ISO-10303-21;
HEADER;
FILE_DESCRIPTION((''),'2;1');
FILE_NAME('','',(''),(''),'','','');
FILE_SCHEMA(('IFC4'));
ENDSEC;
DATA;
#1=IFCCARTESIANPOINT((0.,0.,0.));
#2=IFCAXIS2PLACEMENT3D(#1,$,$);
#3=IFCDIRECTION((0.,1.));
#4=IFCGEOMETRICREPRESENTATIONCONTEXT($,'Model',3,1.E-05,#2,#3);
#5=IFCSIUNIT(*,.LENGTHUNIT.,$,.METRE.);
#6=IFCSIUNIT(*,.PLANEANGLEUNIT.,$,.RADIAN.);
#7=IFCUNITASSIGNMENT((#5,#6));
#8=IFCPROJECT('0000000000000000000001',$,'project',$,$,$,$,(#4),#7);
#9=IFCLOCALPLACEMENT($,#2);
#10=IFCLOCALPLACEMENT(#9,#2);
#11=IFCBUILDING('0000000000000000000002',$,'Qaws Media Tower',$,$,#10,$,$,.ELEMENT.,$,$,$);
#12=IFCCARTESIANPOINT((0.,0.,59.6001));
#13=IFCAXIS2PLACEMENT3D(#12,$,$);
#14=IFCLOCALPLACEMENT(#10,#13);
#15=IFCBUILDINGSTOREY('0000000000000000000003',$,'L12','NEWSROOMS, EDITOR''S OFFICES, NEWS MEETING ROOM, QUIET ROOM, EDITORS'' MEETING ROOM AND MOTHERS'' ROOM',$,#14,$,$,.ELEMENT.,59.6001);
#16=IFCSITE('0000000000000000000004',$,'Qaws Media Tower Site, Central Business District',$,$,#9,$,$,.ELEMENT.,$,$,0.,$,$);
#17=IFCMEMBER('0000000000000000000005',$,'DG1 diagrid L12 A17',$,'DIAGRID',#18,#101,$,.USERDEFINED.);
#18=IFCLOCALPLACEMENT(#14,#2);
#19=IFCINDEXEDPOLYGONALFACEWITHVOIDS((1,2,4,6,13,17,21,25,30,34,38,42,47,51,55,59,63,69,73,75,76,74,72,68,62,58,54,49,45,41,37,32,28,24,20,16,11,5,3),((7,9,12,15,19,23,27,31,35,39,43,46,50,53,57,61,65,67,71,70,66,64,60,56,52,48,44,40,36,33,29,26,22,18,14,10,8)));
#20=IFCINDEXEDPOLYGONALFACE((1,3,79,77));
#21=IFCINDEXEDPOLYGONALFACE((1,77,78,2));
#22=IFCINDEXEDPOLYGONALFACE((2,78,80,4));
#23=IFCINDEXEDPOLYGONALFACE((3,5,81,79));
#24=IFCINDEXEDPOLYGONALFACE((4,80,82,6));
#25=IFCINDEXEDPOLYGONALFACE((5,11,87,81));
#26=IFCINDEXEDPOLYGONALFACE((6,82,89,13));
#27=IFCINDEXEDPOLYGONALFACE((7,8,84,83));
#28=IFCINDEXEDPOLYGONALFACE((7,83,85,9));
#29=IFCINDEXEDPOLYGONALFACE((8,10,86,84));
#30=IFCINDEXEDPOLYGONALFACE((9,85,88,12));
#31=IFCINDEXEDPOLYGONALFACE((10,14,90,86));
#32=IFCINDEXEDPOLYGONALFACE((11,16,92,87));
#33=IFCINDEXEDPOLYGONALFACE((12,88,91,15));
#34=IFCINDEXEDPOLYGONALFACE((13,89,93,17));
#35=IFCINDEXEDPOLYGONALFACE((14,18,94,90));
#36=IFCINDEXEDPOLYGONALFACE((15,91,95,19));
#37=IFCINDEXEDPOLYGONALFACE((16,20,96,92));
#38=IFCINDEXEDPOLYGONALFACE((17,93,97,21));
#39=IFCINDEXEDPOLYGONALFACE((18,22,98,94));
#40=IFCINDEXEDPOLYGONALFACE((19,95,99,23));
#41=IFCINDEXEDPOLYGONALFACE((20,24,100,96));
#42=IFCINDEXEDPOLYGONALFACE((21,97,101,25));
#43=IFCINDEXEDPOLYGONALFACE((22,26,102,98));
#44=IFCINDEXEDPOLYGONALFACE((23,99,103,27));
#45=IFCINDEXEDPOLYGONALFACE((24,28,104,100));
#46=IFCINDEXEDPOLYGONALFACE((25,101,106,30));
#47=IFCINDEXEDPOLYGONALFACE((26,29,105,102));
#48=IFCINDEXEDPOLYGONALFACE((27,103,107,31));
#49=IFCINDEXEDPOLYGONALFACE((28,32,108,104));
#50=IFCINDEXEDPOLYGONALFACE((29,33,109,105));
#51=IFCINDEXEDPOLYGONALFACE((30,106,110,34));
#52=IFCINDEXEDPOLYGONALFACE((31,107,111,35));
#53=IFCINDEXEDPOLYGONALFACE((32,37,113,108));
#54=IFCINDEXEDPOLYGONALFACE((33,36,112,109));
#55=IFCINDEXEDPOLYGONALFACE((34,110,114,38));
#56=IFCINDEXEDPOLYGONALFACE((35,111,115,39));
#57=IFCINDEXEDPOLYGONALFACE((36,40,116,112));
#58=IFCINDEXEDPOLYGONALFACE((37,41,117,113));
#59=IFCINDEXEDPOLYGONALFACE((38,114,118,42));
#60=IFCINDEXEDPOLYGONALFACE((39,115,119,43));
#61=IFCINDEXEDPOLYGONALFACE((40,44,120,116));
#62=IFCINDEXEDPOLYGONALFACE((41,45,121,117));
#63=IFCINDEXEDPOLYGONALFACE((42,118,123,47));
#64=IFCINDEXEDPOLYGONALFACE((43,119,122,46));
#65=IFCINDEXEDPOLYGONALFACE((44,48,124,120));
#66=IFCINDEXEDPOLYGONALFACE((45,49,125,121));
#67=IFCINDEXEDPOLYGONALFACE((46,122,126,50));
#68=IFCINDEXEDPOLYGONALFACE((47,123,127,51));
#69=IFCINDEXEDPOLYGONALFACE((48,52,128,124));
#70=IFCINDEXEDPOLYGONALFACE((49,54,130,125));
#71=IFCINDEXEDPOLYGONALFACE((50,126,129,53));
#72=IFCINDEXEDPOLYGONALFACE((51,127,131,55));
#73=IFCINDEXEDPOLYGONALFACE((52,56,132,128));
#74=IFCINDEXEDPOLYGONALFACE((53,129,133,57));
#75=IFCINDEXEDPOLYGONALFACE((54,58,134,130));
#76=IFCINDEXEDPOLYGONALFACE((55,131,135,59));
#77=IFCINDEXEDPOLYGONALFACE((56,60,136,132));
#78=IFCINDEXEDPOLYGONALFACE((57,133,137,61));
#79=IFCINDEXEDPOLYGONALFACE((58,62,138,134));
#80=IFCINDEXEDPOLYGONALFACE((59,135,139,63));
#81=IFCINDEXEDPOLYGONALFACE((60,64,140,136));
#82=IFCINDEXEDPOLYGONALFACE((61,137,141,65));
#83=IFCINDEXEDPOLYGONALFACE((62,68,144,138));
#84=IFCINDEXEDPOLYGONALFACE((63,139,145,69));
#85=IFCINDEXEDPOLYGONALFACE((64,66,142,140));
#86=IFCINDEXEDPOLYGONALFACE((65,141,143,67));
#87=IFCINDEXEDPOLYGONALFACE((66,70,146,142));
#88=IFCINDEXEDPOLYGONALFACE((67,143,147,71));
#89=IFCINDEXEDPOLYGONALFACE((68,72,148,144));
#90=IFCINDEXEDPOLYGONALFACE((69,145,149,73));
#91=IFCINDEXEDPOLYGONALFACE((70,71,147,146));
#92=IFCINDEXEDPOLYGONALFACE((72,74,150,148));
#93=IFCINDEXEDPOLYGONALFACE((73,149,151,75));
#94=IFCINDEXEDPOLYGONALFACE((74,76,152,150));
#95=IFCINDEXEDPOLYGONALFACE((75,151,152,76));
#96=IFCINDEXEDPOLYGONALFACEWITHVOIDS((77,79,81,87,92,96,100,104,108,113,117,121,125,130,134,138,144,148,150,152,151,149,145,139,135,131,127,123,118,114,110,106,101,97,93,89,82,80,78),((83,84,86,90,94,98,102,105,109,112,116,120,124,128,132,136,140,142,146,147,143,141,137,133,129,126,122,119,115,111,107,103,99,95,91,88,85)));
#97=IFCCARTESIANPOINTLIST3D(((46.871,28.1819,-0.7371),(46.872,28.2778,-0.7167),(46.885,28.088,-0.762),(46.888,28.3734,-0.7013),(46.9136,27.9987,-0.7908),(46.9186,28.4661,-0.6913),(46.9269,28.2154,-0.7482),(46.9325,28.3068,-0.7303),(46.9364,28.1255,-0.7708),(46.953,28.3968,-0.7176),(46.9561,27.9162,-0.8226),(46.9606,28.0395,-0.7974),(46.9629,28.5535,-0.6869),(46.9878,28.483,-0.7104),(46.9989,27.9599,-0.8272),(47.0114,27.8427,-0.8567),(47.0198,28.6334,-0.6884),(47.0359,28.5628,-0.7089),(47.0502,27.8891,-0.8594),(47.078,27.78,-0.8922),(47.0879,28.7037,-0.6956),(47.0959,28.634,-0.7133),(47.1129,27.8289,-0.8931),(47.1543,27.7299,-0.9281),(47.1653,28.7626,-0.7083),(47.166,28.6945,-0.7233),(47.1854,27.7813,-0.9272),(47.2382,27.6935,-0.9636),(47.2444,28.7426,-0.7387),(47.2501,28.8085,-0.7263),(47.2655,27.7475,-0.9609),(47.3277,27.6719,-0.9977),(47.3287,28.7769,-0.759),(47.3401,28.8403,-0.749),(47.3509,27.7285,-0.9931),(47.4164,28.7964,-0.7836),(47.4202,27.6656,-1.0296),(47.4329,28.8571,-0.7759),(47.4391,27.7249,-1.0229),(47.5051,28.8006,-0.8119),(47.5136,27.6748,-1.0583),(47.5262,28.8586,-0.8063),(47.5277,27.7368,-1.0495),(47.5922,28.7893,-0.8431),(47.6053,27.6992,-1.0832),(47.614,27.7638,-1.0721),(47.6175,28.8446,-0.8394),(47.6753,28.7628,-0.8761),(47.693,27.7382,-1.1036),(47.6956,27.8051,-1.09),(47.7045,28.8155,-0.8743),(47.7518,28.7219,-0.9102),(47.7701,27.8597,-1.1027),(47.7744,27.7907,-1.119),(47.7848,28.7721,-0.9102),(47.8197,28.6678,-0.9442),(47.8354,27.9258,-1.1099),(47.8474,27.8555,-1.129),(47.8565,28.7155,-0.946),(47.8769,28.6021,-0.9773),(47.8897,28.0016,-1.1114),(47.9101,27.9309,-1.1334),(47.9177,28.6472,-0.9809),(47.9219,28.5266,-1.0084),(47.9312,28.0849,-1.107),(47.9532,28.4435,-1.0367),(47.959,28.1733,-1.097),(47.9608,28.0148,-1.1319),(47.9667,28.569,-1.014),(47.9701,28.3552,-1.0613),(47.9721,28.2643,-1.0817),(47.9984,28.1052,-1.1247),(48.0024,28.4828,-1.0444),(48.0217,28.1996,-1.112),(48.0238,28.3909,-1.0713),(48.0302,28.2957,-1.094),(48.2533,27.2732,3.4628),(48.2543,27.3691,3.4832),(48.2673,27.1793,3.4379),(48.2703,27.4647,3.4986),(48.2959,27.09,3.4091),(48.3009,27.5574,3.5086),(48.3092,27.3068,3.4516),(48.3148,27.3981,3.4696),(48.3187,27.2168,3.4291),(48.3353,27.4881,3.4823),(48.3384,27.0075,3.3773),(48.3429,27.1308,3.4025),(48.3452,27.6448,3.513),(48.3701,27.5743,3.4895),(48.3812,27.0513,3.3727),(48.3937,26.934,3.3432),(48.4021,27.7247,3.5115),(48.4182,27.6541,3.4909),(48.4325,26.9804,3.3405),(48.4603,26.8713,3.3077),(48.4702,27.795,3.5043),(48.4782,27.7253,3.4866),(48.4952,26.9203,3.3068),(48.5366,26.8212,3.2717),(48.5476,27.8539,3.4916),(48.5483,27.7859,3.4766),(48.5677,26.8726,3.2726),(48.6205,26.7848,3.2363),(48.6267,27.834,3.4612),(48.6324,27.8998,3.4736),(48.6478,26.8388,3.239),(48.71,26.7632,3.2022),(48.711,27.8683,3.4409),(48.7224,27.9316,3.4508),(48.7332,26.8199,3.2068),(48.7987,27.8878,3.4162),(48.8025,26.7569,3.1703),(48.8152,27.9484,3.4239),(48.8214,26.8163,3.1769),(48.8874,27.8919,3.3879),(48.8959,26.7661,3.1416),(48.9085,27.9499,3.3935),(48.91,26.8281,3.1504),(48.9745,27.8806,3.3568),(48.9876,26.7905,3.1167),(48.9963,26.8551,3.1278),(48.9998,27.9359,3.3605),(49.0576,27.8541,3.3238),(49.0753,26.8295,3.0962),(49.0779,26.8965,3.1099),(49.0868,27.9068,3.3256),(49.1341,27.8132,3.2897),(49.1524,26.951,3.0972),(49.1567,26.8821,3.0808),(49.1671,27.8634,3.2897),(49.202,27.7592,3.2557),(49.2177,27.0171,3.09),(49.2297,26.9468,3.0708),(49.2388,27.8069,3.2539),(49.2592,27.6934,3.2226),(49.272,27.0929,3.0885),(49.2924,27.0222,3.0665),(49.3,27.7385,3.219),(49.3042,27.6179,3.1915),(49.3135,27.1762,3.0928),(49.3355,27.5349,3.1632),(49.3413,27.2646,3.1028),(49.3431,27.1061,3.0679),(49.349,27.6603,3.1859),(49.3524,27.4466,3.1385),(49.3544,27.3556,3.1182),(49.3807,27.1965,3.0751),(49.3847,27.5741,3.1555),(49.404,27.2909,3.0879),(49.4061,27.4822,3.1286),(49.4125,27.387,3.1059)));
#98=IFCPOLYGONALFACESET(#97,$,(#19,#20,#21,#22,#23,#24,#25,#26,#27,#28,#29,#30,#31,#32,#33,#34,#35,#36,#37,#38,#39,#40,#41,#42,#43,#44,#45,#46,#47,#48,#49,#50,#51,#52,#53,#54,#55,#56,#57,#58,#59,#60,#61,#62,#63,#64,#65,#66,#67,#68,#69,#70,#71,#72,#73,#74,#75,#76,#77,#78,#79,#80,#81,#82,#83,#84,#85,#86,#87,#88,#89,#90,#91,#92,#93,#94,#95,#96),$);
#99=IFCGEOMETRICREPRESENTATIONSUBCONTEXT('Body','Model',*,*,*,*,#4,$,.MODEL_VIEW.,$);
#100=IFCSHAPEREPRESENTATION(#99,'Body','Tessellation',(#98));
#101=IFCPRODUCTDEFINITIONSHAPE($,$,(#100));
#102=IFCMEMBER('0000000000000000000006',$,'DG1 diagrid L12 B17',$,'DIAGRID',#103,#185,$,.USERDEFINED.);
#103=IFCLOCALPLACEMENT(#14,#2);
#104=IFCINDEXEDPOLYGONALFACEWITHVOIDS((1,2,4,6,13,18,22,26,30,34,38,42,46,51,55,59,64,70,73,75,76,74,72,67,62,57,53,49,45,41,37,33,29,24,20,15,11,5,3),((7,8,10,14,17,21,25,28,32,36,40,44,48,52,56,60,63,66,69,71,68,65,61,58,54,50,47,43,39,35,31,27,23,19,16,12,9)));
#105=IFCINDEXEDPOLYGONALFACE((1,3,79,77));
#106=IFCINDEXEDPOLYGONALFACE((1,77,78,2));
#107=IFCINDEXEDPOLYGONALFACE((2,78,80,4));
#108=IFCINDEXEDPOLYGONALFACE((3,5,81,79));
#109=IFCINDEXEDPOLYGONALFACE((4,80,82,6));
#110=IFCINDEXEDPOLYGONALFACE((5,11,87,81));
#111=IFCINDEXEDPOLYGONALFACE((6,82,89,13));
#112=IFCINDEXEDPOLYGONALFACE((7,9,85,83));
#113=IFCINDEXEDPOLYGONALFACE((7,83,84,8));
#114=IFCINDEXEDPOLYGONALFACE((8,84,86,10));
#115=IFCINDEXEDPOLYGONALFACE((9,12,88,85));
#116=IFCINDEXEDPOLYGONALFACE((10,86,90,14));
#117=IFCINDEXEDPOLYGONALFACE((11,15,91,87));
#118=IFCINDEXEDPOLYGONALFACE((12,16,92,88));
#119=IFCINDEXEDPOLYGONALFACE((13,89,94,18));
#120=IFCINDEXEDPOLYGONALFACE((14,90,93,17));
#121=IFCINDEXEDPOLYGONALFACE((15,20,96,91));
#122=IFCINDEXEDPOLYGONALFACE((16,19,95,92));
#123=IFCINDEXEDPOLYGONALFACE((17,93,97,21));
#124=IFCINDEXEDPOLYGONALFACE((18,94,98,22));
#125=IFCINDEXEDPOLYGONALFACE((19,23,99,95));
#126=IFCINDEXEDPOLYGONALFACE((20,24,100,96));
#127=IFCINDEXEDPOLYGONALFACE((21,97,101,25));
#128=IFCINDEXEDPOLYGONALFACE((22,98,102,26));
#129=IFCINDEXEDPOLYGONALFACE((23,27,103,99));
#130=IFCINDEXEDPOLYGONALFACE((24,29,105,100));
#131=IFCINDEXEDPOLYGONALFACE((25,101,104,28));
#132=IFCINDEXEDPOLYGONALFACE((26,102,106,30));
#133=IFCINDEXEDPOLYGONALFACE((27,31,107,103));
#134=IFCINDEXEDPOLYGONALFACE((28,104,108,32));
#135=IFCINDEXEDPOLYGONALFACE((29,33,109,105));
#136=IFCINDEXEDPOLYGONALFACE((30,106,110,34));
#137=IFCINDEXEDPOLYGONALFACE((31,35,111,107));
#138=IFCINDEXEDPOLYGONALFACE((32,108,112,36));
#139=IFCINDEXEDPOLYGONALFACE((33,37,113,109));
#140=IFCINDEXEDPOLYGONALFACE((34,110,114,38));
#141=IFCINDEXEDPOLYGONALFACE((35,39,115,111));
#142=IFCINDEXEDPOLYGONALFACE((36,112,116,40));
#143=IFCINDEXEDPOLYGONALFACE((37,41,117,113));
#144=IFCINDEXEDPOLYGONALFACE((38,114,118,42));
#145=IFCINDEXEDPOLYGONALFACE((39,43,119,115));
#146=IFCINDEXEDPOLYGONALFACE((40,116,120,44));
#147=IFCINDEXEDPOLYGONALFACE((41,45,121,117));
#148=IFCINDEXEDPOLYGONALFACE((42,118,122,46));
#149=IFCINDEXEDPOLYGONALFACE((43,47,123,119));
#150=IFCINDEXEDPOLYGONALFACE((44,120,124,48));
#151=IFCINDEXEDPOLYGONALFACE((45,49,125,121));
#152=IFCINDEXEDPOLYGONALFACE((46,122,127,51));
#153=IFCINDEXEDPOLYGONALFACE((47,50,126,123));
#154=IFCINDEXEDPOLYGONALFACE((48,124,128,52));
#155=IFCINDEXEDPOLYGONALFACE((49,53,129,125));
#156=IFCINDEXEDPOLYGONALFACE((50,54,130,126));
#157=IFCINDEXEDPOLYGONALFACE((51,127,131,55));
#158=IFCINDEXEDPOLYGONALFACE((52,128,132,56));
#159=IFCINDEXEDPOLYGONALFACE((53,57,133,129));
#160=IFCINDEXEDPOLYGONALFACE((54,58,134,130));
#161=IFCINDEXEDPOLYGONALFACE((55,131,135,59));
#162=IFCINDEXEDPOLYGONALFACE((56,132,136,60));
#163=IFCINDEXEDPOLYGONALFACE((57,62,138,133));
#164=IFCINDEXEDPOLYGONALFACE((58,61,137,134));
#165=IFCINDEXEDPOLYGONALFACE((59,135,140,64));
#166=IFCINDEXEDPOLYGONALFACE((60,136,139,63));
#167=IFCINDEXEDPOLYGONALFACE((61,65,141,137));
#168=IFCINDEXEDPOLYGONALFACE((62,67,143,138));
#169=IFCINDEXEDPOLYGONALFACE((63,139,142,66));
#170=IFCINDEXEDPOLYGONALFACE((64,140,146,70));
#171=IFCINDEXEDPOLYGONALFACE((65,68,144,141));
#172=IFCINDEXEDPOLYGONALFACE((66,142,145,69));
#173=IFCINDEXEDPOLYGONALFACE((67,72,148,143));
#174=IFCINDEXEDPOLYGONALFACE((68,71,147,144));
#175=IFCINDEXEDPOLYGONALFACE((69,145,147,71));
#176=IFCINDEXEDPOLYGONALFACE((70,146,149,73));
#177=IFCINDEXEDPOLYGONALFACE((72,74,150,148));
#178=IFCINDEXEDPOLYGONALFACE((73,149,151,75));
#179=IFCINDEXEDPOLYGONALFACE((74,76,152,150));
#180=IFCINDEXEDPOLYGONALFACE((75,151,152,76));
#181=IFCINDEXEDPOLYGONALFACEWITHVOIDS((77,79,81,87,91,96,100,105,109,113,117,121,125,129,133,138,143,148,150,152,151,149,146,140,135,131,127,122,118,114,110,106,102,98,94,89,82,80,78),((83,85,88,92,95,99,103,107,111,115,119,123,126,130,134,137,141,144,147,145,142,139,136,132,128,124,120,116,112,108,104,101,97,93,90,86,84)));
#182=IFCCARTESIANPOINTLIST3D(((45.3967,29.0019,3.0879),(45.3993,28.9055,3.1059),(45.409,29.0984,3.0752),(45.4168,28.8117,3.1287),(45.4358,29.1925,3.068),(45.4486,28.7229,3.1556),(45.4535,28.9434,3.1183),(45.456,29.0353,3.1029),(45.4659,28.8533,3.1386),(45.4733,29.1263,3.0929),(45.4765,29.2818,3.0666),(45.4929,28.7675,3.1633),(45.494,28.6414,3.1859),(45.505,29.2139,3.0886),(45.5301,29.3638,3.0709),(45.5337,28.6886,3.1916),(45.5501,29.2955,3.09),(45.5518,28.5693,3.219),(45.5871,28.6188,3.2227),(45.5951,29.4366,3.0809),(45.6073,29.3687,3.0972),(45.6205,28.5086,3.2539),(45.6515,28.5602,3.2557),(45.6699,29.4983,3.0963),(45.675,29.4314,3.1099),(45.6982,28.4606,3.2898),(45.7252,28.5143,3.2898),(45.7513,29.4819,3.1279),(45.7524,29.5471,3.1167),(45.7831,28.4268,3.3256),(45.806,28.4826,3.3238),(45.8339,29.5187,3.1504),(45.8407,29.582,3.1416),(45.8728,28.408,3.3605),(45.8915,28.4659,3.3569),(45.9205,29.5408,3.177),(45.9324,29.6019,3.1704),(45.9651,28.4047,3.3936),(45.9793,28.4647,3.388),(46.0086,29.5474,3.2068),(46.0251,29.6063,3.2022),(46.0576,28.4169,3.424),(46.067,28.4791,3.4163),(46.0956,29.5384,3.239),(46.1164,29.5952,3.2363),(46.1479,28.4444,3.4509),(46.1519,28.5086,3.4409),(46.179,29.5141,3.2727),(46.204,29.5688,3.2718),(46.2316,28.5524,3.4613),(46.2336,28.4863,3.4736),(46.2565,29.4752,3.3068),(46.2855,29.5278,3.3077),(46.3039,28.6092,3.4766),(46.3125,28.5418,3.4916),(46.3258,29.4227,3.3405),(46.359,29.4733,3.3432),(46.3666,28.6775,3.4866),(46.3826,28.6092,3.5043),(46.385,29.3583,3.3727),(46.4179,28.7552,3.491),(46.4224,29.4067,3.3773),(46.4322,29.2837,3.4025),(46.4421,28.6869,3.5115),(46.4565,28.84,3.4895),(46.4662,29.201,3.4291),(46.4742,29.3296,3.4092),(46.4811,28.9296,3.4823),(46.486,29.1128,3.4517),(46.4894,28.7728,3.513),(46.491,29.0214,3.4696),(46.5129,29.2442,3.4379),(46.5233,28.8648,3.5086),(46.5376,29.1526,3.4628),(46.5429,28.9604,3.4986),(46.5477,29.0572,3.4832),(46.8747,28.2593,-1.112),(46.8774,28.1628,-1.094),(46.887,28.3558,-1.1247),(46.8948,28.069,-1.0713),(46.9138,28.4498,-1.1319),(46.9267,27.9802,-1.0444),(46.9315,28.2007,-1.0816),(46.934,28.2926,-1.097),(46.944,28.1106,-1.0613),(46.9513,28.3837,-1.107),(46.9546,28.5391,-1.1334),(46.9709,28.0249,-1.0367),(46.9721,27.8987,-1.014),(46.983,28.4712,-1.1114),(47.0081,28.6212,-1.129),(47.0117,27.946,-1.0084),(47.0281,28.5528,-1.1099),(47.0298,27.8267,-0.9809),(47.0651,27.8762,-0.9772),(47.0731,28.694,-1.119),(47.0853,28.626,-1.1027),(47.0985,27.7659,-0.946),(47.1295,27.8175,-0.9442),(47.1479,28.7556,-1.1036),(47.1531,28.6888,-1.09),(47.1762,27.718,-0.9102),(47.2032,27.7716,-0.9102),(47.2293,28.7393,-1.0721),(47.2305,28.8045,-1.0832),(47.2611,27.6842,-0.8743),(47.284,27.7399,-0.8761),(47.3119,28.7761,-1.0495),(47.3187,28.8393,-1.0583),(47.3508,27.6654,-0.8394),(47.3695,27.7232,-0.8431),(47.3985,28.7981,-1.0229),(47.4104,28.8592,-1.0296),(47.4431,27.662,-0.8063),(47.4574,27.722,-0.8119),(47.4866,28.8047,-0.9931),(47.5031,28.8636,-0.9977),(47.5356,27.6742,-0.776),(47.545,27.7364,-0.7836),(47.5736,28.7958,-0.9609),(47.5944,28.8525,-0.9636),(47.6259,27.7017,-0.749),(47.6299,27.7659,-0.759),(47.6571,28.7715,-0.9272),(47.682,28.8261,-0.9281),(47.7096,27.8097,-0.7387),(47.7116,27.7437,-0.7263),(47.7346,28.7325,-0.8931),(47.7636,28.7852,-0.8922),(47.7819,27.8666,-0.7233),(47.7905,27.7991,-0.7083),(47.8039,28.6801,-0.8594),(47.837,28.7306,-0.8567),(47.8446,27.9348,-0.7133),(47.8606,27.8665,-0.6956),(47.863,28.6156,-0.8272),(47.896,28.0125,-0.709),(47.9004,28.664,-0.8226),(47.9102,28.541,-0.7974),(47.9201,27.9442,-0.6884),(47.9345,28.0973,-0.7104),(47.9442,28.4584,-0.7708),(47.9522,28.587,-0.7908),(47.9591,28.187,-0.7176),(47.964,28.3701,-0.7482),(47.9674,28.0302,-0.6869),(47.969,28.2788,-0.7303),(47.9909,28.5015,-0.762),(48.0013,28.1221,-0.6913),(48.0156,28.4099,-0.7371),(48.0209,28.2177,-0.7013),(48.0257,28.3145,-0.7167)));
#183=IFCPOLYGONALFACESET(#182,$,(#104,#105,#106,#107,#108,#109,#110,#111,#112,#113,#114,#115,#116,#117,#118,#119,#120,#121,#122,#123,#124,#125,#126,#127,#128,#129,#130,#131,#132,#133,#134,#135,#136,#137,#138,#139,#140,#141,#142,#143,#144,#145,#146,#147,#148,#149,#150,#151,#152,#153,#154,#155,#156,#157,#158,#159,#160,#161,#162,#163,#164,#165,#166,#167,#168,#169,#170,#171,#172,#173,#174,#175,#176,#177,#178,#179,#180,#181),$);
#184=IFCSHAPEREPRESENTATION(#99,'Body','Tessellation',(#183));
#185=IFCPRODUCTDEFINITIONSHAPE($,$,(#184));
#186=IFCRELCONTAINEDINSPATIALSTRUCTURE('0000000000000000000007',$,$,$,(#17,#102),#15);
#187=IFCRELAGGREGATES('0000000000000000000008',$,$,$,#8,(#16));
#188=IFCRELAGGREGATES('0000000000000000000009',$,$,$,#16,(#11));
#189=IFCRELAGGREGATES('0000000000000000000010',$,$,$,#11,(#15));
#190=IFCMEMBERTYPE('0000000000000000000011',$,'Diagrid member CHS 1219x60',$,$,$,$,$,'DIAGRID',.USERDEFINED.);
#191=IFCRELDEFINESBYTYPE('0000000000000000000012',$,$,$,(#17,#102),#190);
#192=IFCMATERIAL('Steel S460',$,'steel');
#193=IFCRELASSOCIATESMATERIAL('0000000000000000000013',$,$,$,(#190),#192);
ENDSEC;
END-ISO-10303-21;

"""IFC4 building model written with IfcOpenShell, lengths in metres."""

from ifc_helpers import new_model, si_unit, direction, frame, origin, origin_2d, place, context, subcontext, project, spatial, hollow_circle, extrude, material, material_profile, profile_set, type_object, element, save


model = new_model("IFC4")

# Units and contexts
model_context = context("Model", 3, precision=1e-05, world=origin(), true_north=direction((0.0, 1.0)))
body_context = subcontext(model_context, "Body", "Model", "MODEL_VIEW")
ifc_project = project(units=[si_unit("LENGTHUNIT", "METRE"), si_unit("PLANEANGLEUNIT", "RADIAN")], contexts=[model_context])

# Site, building, storey
site_placement = place(None, origin())
site = spatial("IfcSite", under=ifc_project, at=site_placement, Name="Qaws Media Tower Site, Central Business District", CompositionType="ELEMENT", RefElevation=0.0)
building_placement = place(site_placement, origin())
building = spatial("IfcBuilding", under=site, at=building_placement, Name="Qaws Media Tower", CompositionType="ELEMENT")
storey_placement = place(building_placement, frame((0.0, 0.0, 59.6001)))
storey = spatial("IfcBuildingStorey", under=building, at=storey_placement, Name="L12", Description="NEWSROOMS, EDITOR'S OFFICES, NEWS MEETING ROOM, QUIET ROOM, EDITORS' MEETING ROOM AND MOTHERS' ROOM", CompositionType="ELEMENT", Elevation=59.6001)

# Members
ifc_material_1 = material(Name="Steel S460", Category="steel")
ifc_material_profile_1 = material_profile(ifc_material_1, hollow_circle(Radius=0.6096, WallThickness=0.0601, at=origin_2d()), Name="CHS 1219x60")
ifc_profile_set_1 = profile_set([ifc_material_profile_1], Name="Steel S460")
member_type_1 = type_object("IfcMemberType", Name="Diagrid member CHS 1219x60", ElementType="DIAGRID", PredefinedType="USERDEFINED", material=ifc_profile_set_1)
for number, where, z_axis, x_axis, name in (
    (1, (47.45, 28.2627, -0.9102), (0.306231, -0.201305, 0.930429), (0.549307, 0.83562, 0.0), "DG1 diagrid L12 A17"),
    (2, (47.45, 28.2627, -0.9102), (-0.327436, 0.164529, 0.930439), (-0.448984, -0.89354, 0.0), "DG1 diagrid L12 B17"),
):
    element("IfcMember", number, at=place(storey_placement, frame(where, z_axis=z_axis, x_axis=x_axis)), inside=storey, type_object=member_type_1, Name=name, ObjectType="DIAGRID", PredefinedType="USERDEFINED", context=body_context, shape_type="SweptSolid", body=[
        extrude(hollow_circle(Radius=0.6096, WallThickness=0.0601, at=origin_2d()), origin(), (0.0, 0.0, 1.0), 4.5139),
    ])

save(model, "model.ifc")
